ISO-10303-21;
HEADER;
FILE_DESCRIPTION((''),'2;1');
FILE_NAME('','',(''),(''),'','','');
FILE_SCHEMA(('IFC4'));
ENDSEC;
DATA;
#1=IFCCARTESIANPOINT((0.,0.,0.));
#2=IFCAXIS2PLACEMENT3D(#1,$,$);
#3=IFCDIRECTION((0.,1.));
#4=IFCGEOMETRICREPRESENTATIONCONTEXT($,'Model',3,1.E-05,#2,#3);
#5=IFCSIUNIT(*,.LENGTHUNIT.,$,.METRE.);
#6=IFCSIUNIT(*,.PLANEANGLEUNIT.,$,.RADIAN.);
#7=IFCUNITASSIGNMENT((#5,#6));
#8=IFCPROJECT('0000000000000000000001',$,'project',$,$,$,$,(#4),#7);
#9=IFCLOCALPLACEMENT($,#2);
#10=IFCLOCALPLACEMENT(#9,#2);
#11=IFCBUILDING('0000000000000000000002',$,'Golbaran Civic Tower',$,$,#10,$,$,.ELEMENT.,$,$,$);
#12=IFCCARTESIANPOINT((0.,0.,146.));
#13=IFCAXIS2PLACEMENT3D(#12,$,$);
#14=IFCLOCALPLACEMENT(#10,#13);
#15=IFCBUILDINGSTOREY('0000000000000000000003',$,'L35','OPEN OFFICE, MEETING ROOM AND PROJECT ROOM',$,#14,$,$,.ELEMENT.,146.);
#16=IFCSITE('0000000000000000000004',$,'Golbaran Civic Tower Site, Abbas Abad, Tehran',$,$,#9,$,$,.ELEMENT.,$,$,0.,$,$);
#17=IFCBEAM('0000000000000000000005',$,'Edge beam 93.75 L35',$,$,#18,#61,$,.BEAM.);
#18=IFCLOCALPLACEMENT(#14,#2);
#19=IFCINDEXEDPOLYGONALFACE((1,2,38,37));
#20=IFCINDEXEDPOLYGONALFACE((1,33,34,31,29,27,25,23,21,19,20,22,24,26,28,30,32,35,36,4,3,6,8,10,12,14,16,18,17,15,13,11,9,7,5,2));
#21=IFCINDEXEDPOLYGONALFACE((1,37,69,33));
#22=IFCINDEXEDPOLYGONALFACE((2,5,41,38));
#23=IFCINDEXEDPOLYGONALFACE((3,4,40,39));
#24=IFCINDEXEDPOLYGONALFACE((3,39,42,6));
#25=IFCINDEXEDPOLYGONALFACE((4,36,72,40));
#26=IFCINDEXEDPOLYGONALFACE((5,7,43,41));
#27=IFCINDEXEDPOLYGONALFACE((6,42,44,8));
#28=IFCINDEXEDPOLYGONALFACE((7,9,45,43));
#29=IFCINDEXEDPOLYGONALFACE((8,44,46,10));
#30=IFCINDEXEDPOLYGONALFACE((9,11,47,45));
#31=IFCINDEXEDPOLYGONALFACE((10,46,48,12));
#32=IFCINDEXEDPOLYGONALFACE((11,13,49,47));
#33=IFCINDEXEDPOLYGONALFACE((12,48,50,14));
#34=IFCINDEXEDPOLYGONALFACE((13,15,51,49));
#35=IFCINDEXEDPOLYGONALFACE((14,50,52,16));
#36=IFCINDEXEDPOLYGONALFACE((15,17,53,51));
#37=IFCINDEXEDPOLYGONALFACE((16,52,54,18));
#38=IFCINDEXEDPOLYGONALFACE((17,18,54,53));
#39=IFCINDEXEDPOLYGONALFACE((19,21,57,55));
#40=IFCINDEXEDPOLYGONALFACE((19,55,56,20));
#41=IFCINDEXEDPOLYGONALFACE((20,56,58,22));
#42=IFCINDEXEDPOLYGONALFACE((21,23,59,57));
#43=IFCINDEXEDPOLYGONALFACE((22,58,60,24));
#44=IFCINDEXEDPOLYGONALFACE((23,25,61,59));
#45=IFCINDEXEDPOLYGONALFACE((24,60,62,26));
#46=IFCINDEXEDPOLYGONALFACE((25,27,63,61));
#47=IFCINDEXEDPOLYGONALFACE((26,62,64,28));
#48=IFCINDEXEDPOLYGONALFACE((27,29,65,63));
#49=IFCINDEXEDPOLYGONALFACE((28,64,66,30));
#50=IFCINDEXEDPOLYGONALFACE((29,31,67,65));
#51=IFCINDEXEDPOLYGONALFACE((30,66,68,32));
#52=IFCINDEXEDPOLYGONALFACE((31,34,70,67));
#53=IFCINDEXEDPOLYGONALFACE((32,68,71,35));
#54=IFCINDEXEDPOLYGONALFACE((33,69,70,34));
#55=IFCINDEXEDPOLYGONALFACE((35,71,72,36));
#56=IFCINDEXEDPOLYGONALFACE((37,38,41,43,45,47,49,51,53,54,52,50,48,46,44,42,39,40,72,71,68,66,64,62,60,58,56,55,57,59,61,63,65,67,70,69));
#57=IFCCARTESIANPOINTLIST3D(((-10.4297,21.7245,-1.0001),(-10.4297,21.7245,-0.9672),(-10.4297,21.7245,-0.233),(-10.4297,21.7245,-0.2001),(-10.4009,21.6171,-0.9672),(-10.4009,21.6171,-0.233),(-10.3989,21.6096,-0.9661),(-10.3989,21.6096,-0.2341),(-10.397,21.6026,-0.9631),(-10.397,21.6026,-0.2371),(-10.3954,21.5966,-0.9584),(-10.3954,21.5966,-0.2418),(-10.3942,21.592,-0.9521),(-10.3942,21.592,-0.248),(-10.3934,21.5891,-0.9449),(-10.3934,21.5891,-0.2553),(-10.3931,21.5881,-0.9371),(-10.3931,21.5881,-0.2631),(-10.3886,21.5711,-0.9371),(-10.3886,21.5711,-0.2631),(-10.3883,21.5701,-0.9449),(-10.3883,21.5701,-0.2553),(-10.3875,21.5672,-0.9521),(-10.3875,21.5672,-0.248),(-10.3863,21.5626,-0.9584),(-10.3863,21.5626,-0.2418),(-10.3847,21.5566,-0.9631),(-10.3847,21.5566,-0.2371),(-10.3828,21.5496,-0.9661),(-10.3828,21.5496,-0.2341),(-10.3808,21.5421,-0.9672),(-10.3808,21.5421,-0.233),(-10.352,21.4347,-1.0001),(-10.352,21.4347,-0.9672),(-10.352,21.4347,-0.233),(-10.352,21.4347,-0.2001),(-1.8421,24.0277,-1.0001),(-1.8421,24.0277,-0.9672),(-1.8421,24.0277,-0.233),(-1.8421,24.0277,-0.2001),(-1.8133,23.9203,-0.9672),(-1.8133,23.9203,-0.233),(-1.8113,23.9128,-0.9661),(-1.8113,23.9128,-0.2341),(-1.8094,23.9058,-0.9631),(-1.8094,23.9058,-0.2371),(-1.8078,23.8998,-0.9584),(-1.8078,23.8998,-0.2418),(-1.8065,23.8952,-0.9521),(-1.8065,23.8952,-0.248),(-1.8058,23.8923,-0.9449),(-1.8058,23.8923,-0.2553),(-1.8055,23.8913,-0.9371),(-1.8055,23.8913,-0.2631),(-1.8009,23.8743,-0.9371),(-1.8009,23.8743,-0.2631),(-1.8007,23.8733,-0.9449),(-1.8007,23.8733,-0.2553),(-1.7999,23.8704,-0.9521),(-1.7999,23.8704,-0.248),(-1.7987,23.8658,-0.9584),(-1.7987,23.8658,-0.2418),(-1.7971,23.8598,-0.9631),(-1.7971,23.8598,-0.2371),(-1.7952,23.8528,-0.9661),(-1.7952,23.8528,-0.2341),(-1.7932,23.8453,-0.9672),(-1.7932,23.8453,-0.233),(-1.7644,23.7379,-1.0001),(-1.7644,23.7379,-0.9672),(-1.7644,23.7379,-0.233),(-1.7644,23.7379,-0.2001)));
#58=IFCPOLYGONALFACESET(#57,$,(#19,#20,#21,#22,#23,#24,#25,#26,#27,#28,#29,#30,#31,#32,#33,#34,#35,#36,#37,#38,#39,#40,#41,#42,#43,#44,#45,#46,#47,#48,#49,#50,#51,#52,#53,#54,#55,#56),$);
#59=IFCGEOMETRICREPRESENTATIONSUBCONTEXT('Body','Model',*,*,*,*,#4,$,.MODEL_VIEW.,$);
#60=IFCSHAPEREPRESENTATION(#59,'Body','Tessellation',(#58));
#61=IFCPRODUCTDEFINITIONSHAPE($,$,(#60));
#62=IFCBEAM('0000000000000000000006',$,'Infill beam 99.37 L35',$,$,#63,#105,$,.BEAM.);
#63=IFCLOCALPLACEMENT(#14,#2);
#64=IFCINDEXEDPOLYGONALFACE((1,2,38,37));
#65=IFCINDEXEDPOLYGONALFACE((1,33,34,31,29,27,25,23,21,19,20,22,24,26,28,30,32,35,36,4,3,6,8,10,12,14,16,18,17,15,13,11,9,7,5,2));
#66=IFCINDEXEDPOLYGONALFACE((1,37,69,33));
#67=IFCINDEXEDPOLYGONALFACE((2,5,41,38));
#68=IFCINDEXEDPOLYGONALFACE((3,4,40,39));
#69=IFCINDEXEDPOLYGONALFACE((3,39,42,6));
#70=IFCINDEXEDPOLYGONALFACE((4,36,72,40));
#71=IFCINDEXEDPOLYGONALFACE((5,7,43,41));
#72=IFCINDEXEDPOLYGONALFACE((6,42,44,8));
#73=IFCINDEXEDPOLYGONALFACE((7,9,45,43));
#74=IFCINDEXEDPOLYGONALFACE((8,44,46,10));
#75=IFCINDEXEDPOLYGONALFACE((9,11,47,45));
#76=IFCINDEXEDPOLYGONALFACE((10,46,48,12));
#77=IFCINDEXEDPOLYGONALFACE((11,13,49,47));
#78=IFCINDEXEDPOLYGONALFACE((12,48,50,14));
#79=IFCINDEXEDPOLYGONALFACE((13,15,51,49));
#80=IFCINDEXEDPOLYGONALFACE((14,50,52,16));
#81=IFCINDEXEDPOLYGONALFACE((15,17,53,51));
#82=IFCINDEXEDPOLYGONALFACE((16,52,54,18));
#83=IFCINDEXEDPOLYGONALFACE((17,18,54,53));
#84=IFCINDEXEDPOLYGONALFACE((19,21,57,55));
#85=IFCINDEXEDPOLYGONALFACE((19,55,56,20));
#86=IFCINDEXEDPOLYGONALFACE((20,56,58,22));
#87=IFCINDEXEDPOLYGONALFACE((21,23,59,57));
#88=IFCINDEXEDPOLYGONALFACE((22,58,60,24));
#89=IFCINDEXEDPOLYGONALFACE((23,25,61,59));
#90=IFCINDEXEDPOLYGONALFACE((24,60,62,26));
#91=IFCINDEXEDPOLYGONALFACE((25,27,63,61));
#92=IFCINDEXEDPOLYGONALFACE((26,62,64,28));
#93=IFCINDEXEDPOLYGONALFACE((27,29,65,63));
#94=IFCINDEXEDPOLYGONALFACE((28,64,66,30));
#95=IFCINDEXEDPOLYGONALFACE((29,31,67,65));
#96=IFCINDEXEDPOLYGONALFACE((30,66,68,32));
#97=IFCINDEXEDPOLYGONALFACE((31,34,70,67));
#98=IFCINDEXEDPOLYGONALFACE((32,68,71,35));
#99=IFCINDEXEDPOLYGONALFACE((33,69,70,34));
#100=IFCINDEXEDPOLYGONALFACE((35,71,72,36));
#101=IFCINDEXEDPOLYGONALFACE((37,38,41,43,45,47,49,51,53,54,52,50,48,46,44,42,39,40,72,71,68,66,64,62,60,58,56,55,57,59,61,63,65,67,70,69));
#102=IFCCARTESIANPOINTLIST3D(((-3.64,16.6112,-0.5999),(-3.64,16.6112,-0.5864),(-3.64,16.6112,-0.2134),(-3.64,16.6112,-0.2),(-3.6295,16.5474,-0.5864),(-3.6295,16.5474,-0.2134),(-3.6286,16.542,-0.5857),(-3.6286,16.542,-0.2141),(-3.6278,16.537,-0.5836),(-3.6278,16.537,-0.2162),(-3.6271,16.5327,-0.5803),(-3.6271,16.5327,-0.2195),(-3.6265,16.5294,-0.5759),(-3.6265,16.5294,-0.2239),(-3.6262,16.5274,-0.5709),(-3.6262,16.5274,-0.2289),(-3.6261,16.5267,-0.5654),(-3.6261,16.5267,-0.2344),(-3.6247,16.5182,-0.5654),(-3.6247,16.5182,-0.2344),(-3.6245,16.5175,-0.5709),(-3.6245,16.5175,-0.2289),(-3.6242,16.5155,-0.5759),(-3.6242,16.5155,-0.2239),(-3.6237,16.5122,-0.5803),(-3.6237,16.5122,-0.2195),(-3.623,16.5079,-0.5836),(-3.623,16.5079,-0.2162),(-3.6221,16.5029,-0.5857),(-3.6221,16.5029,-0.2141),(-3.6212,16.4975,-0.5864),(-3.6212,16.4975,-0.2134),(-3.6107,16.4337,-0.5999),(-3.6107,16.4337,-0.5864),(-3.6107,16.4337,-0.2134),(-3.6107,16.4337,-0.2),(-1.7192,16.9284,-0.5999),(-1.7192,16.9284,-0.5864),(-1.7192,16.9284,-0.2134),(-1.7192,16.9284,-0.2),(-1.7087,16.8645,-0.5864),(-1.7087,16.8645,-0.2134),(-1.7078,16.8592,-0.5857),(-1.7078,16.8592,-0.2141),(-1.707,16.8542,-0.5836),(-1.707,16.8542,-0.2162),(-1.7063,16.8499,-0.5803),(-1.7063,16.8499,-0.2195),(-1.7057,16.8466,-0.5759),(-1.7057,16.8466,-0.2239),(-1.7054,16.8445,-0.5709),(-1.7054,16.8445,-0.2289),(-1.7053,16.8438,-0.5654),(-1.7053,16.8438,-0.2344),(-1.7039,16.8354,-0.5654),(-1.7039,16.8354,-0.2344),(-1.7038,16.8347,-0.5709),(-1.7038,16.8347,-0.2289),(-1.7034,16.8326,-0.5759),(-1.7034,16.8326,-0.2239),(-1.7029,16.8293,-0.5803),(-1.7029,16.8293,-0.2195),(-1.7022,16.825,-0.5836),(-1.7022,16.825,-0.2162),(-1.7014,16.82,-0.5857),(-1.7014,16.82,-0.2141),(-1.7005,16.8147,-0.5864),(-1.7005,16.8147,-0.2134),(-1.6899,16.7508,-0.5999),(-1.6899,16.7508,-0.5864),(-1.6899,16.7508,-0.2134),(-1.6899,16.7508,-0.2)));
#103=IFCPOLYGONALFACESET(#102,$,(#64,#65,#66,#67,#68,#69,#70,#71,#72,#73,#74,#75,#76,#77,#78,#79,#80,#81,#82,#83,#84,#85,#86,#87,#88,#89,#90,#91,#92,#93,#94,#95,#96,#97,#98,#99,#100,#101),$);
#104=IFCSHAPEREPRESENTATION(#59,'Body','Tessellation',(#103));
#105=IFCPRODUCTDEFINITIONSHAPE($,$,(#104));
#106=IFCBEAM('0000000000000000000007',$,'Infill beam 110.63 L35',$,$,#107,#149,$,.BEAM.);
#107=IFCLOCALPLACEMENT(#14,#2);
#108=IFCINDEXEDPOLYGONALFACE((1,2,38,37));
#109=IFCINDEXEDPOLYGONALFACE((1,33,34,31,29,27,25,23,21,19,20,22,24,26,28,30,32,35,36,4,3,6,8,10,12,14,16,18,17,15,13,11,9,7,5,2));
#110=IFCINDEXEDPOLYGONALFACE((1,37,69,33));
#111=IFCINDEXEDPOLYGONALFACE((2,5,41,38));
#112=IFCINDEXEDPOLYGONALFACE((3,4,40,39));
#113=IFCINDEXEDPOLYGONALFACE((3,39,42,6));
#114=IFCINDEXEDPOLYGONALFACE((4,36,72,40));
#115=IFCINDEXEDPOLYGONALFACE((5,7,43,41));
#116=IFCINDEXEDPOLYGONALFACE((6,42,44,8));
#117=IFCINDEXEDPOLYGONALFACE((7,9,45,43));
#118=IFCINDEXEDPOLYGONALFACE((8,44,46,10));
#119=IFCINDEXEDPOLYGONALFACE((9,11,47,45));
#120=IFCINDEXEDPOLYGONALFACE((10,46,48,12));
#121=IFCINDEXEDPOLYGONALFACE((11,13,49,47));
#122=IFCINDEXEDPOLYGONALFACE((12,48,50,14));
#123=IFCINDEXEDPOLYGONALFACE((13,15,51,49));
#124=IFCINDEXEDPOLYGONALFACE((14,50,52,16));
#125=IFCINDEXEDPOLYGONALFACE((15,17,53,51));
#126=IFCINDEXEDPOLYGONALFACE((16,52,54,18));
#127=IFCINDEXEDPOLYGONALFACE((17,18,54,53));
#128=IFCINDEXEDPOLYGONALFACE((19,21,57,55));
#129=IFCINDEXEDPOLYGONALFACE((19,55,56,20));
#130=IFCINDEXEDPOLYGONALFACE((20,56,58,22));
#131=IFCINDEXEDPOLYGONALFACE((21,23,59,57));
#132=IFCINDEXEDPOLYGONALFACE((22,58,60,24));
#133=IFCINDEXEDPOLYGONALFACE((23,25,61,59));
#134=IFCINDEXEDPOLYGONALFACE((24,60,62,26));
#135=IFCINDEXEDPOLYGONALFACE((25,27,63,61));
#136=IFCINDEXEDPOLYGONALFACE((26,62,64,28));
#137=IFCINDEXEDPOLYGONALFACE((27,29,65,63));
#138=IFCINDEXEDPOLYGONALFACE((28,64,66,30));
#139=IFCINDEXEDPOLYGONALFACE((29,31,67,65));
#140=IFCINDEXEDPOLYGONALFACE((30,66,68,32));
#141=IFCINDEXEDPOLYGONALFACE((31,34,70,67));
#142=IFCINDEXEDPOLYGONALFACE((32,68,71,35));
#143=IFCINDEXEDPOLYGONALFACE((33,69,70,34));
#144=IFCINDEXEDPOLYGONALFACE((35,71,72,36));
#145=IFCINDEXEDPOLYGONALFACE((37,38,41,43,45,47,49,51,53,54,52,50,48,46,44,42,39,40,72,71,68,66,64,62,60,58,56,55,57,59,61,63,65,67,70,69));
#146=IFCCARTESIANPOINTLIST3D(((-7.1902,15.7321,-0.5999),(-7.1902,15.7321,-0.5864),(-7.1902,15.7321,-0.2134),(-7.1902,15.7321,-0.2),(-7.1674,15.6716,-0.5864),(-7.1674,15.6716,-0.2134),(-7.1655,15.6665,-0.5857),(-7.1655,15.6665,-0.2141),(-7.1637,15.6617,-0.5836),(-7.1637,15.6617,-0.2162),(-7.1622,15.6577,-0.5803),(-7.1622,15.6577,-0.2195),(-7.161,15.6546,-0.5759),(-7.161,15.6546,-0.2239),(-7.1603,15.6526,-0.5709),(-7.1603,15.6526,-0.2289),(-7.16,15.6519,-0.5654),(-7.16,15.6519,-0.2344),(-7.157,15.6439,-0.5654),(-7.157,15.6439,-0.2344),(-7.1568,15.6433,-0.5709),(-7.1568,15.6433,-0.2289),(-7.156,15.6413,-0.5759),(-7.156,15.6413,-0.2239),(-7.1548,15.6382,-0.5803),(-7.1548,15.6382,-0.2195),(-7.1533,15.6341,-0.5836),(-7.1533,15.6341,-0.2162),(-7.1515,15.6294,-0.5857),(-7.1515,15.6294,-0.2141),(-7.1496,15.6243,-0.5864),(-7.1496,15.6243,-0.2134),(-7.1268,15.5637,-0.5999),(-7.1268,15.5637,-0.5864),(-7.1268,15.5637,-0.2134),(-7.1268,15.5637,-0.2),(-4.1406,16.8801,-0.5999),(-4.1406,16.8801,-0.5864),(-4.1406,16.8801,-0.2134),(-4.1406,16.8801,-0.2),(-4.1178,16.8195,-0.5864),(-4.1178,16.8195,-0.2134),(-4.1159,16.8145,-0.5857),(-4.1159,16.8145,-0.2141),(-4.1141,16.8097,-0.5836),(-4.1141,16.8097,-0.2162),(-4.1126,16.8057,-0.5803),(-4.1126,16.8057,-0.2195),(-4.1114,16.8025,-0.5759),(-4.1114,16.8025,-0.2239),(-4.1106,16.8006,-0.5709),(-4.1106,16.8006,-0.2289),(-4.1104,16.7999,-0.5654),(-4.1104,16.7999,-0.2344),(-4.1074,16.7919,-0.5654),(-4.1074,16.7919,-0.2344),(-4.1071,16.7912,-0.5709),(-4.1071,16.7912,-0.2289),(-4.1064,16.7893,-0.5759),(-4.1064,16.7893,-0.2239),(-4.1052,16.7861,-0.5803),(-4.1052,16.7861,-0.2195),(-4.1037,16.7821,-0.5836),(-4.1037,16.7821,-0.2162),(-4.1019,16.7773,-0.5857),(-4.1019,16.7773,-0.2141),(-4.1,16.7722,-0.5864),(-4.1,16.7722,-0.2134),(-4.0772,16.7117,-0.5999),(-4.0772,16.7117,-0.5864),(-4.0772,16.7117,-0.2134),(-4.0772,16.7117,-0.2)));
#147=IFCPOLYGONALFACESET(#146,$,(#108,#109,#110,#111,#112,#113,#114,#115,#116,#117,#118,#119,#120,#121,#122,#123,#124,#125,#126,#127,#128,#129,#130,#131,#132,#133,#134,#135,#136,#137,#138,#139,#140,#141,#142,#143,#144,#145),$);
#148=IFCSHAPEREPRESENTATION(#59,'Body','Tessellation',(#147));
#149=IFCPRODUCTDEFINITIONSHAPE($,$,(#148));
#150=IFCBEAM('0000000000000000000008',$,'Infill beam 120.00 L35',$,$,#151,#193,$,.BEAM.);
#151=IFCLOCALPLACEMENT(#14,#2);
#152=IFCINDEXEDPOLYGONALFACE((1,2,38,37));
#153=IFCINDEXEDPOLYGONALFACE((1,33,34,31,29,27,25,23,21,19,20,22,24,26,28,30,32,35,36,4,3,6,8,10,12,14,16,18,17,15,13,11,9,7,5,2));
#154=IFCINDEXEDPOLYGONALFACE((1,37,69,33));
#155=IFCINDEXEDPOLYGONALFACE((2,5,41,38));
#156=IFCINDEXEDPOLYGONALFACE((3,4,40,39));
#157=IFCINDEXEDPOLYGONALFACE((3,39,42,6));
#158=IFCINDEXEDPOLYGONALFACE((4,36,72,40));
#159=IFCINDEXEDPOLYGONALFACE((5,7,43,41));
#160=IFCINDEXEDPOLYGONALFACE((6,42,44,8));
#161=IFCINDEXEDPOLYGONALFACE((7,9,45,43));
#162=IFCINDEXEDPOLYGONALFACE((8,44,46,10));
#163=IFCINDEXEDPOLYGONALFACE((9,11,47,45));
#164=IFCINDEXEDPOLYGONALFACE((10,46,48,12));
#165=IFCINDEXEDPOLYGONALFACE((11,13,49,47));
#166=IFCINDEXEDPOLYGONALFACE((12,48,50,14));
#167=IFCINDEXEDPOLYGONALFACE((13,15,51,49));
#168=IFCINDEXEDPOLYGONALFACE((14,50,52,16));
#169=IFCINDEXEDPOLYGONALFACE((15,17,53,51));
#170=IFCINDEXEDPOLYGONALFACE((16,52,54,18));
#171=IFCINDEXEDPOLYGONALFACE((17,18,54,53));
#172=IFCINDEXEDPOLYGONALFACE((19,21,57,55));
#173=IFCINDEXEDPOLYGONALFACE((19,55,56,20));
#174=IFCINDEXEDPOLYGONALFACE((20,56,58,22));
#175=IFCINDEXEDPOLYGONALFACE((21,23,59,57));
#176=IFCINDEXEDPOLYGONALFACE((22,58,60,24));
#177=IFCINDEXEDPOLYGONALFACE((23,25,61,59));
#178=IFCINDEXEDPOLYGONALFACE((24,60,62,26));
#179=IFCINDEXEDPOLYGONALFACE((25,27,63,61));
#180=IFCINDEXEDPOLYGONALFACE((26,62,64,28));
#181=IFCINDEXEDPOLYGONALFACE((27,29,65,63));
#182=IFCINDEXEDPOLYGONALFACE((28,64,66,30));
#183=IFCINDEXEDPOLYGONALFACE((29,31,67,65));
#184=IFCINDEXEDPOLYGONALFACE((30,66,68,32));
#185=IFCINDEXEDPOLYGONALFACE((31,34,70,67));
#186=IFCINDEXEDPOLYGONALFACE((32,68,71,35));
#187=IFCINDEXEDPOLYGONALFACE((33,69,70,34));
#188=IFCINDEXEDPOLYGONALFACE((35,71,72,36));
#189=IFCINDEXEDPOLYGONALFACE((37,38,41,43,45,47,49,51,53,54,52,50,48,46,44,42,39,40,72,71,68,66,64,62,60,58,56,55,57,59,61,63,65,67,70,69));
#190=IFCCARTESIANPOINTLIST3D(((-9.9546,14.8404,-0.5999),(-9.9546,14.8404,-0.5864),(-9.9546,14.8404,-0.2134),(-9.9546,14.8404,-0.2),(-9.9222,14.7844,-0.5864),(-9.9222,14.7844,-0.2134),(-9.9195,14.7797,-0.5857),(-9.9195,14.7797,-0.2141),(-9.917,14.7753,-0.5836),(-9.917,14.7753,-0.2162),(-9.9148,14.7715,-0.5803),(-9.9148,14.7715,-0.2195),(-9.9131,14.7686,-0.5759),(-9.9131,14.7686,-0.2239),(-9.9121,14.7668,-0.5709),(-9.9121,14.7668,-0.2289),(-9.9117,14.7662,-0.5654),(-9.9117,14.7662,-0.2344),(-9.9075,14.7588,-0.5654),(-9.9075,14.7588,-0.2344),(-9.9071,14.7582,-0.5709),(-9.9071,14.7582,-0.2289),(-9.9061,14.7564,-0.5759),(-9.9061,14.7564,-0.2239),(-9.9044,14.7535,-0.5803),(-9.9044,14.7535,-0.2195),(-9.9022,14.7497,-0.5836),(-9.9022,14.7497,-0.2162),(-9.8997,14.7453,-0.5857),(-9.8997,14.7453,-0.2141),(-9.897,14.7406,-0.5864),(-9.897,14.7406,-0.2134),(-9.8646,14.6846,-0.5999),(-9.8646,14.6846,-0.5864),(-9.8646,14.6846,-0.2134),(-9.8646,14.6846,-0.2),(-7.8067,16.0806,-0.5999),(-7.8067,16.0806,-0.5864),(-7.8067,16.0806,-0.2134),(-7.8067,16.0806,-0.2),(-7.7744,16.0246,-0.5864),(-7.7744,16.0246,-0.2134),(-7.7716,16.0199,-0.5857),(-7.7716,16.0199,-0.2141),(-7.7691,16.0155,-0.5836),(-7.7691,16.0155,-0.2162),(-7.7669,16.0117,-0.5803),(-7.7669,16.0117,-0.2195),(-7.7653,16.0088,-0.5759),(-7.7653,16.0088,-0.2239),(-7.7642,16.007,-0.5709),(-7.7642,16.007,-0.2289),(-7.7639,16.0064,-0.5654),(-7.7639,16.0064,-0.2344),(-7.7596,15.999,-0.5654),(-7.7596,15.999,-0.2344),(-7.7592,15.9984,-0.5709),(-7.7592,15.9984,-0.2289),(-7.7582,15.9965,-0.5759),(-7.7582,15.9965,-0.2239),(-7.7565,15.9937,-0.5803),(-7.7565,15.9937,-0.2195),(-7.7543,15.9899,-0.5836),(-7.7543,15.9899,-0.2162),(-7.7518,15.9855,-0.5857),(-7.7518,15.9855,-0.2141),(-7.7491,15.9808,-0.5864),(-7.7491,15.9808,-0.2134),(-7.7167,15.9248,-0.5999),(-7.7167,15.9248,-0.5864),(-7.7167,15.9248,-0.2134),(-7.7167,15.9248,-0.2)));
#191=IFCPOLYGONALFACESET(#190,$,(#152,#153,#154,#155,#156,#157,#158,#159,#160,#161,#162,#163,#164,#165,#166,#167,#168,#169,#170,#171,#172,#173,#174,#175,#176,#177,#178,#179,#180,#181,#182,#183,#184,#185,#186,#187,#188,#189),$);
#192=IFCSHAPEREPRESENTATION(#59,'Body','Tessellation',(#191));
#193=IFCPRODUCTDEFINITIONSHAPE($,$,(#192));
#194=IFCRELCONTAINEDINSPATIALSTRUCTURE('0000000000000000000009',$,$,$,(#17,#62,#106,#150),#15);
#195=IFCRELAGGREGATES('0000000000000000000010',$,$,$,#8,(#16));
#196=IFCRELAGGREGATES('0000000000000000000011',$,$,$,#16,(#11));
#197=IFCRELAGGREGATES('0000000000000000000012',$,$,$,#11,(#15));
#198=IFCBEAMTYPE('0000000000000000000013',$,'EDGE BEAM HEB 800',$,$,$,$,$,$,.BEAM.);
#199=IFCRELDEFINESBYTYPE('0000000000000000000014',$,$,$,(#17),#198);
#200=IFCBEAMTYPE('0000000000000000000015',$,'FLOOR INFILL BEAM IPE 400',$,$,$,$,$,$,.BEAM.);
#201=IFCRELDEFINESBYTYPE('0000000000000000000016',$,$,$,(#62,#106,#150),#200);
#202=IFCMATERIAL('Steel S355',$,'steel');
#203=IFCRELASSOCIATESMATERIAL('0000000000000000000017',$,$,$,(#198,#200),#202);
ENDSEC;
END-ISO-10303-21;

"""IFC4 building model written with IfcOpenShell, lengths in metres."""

from ifc_helpers import new_model, si_unit, direction, frame, origin, origin_2d, place, context, subcontext, project, spatial, i_section, extrude, material, material_profile, profile_set, type_object, element, save


model = new_model("IFC4")

# Units and contexts
model_context = context("Model", 3, precision=1e-05, world=origin(), true_north=direction((0.0, 1.0)))
body_context = subcontext(model_context, "Body", "Model", "MODEL_VIEW")
ifc_project = project(units=[si_unit("LENGTHUNIT", "METRE"), si_unit("PLANEANGLEUNIT", "RADIAN")], contexts=[model_context])

# Site, building, storey
site_placement = place(None, origin())
site = spatial("IfcSite", under=ifc_project, at=site_placement, Name="Golbaran Civic Tower Site, Abbas Abad, Tehran", CompositionType="ELEMENT", RefElevation=0.0)
building_placement = place(site_placement, origin())
building = spatial("IfcBuilding", under=site, at=building_placement, Name="Golbaran Civic Tower", CompositionType="ELEMENT")
storey_placement = place(building_placement, frame((0.0, 0.0, 146.0)))
storey = spatial("IfcBuildingStorey", under=building, at=storey_placement, Name="L35", Description="OPEN OFFICE, MEETING ROOM AND PROJECT ROOM", CompositionType="ELEMENT", Elevation=146.0)

# Beams
ifc_material_1 = material(Name="Steel S355", Category="steel")
ifc_material_profile_1 = material_profile(ifc_material_1, i_section(OverallWidth=0.3, OverallDepth=0.8, WebThickness=0.0176, FlangeThickness=0.033, FilletRadius=0.03, at=origin_2d()), Name="HEB 800")
ifc_profile_set_1 = profile_set([ifc_material_profile_1], Name="Steel S355")
beam_type_1 = type_object("IfcBeamType", Name="EDGE BEAM HEB 800", PredefinedType="BEAM", material=ifc_profile_set_1)
beam_1_placement = place(storey_placement, frame((-1.8032, 23.8828, -0.6001), z_axis=(-0.965865, -0.259047, 0.0), x_axis=(0.259047, -0.965865, 0.0)))
element("IfcBeam", 1, at=beam_1_placement, inside=storey, type_object=beam_type_1, Name="Edge beam 93.75 L35", PredefinedType="BEAM", context=body_context, shape_type="SweptSolid", body=[
    extrude(i_section(OverallWidth=0.3, OverallDepth=0.8, WebThickness=0.0176, FlangeThickness=0.033, FilletRadius=0.03, at=origin_2d()), origin(), (0.0, 0.0, 1.0), 8.8911),
])
ifc_material_profile_2 = material_profile(ifc_material_1, i_section(OverallWidth=0.1799, OverallDepth=0.3999, WebThickness=0.0085, FlangeThickness=0.0134, FilletRadius=0.021, at=origin_2d()), Name="IPE 400")
ifc_profile_set_2 = profile_set([ifc_material_profile_2], Name="Steel S355")
beam_type_2 = type_object("IfcBeamType", Name="FLOOR INFILL BEAM IPE 400", PredefinedType="BEAM", material=ifc_profile_set_2)
beam_2_placement = place(storey_placement, frame((-1.7046, 16.8396, -0.3999), z_axis=(-0.98664, -0.162914, 0.0), x_axis=(0.162914, -0.98664, 0.0)))
element("IfcBeam", 2, at=beam_2_placement, inside=storey, type_object=beam_type_2, Name="Infill beam 99.37 L35", PredefinedType="BEAM", context=body_context, shape_type="SweptSolid", body=[
    extrude(i_section(OverallWidth=0.1799, OverallDepth=0.3999, WebThickness=0.0085, FlangeThickness=0.0134, FilletRadius=0.021, at=origin_2d()), origin(), (0.0, 0.0, 1.0), 1.9468),
])
beam_3_placement = place(storey_placement, frame((-4.1089, 16.7959, -0.3999), z_axis=(-0.935888, -0.352297, 0.0), x_axis=(0.352297, -0.935888, 0.0)))
element("IfcBeam", 3, at=beam_3_placement, inside=storey, type_object=beam_type_2, Name="Infill beam 110.63 L35", PredefinedType="BEAM", context=body_context, shape_type="SweptSolid", body=[
    extrude(i_section(OverallWidth=0.1799, OverallDepth=0.3999, WebThickness=0.0085, FlangeThickness=0.0134, FilletRadius=0.021, at=origin_2d()), origin(), (0.0, 0.0, 1.0), 3.2585),
])
beam_4_placement = place(storey_placement, frame((-7.7617, 16.0027, -0.3999), z_axis=(-0.866005, -0.500035, 0.0), x_axis=(0.500035, -0.866005, 0.0)))
element("IfcBeam", 4, at=beam_4_placement, inside=storey, type_object=beam_type_2, Name="Infill beam 120.00 L35", PredefinedType="BEAM", context=body_context, shape_type="SweptSolid", body=[
    extrude(i_section(OverallWidth=0.1799, OverallDepth=0.3999, WebThickness=0.0085, FlangeThickness=0.0134, FilletRadius=0.021, at=origin_2d()), origin(), (0.0, 0.0, 1.0), 2.4802),
])

save(model, "model.ifc")
